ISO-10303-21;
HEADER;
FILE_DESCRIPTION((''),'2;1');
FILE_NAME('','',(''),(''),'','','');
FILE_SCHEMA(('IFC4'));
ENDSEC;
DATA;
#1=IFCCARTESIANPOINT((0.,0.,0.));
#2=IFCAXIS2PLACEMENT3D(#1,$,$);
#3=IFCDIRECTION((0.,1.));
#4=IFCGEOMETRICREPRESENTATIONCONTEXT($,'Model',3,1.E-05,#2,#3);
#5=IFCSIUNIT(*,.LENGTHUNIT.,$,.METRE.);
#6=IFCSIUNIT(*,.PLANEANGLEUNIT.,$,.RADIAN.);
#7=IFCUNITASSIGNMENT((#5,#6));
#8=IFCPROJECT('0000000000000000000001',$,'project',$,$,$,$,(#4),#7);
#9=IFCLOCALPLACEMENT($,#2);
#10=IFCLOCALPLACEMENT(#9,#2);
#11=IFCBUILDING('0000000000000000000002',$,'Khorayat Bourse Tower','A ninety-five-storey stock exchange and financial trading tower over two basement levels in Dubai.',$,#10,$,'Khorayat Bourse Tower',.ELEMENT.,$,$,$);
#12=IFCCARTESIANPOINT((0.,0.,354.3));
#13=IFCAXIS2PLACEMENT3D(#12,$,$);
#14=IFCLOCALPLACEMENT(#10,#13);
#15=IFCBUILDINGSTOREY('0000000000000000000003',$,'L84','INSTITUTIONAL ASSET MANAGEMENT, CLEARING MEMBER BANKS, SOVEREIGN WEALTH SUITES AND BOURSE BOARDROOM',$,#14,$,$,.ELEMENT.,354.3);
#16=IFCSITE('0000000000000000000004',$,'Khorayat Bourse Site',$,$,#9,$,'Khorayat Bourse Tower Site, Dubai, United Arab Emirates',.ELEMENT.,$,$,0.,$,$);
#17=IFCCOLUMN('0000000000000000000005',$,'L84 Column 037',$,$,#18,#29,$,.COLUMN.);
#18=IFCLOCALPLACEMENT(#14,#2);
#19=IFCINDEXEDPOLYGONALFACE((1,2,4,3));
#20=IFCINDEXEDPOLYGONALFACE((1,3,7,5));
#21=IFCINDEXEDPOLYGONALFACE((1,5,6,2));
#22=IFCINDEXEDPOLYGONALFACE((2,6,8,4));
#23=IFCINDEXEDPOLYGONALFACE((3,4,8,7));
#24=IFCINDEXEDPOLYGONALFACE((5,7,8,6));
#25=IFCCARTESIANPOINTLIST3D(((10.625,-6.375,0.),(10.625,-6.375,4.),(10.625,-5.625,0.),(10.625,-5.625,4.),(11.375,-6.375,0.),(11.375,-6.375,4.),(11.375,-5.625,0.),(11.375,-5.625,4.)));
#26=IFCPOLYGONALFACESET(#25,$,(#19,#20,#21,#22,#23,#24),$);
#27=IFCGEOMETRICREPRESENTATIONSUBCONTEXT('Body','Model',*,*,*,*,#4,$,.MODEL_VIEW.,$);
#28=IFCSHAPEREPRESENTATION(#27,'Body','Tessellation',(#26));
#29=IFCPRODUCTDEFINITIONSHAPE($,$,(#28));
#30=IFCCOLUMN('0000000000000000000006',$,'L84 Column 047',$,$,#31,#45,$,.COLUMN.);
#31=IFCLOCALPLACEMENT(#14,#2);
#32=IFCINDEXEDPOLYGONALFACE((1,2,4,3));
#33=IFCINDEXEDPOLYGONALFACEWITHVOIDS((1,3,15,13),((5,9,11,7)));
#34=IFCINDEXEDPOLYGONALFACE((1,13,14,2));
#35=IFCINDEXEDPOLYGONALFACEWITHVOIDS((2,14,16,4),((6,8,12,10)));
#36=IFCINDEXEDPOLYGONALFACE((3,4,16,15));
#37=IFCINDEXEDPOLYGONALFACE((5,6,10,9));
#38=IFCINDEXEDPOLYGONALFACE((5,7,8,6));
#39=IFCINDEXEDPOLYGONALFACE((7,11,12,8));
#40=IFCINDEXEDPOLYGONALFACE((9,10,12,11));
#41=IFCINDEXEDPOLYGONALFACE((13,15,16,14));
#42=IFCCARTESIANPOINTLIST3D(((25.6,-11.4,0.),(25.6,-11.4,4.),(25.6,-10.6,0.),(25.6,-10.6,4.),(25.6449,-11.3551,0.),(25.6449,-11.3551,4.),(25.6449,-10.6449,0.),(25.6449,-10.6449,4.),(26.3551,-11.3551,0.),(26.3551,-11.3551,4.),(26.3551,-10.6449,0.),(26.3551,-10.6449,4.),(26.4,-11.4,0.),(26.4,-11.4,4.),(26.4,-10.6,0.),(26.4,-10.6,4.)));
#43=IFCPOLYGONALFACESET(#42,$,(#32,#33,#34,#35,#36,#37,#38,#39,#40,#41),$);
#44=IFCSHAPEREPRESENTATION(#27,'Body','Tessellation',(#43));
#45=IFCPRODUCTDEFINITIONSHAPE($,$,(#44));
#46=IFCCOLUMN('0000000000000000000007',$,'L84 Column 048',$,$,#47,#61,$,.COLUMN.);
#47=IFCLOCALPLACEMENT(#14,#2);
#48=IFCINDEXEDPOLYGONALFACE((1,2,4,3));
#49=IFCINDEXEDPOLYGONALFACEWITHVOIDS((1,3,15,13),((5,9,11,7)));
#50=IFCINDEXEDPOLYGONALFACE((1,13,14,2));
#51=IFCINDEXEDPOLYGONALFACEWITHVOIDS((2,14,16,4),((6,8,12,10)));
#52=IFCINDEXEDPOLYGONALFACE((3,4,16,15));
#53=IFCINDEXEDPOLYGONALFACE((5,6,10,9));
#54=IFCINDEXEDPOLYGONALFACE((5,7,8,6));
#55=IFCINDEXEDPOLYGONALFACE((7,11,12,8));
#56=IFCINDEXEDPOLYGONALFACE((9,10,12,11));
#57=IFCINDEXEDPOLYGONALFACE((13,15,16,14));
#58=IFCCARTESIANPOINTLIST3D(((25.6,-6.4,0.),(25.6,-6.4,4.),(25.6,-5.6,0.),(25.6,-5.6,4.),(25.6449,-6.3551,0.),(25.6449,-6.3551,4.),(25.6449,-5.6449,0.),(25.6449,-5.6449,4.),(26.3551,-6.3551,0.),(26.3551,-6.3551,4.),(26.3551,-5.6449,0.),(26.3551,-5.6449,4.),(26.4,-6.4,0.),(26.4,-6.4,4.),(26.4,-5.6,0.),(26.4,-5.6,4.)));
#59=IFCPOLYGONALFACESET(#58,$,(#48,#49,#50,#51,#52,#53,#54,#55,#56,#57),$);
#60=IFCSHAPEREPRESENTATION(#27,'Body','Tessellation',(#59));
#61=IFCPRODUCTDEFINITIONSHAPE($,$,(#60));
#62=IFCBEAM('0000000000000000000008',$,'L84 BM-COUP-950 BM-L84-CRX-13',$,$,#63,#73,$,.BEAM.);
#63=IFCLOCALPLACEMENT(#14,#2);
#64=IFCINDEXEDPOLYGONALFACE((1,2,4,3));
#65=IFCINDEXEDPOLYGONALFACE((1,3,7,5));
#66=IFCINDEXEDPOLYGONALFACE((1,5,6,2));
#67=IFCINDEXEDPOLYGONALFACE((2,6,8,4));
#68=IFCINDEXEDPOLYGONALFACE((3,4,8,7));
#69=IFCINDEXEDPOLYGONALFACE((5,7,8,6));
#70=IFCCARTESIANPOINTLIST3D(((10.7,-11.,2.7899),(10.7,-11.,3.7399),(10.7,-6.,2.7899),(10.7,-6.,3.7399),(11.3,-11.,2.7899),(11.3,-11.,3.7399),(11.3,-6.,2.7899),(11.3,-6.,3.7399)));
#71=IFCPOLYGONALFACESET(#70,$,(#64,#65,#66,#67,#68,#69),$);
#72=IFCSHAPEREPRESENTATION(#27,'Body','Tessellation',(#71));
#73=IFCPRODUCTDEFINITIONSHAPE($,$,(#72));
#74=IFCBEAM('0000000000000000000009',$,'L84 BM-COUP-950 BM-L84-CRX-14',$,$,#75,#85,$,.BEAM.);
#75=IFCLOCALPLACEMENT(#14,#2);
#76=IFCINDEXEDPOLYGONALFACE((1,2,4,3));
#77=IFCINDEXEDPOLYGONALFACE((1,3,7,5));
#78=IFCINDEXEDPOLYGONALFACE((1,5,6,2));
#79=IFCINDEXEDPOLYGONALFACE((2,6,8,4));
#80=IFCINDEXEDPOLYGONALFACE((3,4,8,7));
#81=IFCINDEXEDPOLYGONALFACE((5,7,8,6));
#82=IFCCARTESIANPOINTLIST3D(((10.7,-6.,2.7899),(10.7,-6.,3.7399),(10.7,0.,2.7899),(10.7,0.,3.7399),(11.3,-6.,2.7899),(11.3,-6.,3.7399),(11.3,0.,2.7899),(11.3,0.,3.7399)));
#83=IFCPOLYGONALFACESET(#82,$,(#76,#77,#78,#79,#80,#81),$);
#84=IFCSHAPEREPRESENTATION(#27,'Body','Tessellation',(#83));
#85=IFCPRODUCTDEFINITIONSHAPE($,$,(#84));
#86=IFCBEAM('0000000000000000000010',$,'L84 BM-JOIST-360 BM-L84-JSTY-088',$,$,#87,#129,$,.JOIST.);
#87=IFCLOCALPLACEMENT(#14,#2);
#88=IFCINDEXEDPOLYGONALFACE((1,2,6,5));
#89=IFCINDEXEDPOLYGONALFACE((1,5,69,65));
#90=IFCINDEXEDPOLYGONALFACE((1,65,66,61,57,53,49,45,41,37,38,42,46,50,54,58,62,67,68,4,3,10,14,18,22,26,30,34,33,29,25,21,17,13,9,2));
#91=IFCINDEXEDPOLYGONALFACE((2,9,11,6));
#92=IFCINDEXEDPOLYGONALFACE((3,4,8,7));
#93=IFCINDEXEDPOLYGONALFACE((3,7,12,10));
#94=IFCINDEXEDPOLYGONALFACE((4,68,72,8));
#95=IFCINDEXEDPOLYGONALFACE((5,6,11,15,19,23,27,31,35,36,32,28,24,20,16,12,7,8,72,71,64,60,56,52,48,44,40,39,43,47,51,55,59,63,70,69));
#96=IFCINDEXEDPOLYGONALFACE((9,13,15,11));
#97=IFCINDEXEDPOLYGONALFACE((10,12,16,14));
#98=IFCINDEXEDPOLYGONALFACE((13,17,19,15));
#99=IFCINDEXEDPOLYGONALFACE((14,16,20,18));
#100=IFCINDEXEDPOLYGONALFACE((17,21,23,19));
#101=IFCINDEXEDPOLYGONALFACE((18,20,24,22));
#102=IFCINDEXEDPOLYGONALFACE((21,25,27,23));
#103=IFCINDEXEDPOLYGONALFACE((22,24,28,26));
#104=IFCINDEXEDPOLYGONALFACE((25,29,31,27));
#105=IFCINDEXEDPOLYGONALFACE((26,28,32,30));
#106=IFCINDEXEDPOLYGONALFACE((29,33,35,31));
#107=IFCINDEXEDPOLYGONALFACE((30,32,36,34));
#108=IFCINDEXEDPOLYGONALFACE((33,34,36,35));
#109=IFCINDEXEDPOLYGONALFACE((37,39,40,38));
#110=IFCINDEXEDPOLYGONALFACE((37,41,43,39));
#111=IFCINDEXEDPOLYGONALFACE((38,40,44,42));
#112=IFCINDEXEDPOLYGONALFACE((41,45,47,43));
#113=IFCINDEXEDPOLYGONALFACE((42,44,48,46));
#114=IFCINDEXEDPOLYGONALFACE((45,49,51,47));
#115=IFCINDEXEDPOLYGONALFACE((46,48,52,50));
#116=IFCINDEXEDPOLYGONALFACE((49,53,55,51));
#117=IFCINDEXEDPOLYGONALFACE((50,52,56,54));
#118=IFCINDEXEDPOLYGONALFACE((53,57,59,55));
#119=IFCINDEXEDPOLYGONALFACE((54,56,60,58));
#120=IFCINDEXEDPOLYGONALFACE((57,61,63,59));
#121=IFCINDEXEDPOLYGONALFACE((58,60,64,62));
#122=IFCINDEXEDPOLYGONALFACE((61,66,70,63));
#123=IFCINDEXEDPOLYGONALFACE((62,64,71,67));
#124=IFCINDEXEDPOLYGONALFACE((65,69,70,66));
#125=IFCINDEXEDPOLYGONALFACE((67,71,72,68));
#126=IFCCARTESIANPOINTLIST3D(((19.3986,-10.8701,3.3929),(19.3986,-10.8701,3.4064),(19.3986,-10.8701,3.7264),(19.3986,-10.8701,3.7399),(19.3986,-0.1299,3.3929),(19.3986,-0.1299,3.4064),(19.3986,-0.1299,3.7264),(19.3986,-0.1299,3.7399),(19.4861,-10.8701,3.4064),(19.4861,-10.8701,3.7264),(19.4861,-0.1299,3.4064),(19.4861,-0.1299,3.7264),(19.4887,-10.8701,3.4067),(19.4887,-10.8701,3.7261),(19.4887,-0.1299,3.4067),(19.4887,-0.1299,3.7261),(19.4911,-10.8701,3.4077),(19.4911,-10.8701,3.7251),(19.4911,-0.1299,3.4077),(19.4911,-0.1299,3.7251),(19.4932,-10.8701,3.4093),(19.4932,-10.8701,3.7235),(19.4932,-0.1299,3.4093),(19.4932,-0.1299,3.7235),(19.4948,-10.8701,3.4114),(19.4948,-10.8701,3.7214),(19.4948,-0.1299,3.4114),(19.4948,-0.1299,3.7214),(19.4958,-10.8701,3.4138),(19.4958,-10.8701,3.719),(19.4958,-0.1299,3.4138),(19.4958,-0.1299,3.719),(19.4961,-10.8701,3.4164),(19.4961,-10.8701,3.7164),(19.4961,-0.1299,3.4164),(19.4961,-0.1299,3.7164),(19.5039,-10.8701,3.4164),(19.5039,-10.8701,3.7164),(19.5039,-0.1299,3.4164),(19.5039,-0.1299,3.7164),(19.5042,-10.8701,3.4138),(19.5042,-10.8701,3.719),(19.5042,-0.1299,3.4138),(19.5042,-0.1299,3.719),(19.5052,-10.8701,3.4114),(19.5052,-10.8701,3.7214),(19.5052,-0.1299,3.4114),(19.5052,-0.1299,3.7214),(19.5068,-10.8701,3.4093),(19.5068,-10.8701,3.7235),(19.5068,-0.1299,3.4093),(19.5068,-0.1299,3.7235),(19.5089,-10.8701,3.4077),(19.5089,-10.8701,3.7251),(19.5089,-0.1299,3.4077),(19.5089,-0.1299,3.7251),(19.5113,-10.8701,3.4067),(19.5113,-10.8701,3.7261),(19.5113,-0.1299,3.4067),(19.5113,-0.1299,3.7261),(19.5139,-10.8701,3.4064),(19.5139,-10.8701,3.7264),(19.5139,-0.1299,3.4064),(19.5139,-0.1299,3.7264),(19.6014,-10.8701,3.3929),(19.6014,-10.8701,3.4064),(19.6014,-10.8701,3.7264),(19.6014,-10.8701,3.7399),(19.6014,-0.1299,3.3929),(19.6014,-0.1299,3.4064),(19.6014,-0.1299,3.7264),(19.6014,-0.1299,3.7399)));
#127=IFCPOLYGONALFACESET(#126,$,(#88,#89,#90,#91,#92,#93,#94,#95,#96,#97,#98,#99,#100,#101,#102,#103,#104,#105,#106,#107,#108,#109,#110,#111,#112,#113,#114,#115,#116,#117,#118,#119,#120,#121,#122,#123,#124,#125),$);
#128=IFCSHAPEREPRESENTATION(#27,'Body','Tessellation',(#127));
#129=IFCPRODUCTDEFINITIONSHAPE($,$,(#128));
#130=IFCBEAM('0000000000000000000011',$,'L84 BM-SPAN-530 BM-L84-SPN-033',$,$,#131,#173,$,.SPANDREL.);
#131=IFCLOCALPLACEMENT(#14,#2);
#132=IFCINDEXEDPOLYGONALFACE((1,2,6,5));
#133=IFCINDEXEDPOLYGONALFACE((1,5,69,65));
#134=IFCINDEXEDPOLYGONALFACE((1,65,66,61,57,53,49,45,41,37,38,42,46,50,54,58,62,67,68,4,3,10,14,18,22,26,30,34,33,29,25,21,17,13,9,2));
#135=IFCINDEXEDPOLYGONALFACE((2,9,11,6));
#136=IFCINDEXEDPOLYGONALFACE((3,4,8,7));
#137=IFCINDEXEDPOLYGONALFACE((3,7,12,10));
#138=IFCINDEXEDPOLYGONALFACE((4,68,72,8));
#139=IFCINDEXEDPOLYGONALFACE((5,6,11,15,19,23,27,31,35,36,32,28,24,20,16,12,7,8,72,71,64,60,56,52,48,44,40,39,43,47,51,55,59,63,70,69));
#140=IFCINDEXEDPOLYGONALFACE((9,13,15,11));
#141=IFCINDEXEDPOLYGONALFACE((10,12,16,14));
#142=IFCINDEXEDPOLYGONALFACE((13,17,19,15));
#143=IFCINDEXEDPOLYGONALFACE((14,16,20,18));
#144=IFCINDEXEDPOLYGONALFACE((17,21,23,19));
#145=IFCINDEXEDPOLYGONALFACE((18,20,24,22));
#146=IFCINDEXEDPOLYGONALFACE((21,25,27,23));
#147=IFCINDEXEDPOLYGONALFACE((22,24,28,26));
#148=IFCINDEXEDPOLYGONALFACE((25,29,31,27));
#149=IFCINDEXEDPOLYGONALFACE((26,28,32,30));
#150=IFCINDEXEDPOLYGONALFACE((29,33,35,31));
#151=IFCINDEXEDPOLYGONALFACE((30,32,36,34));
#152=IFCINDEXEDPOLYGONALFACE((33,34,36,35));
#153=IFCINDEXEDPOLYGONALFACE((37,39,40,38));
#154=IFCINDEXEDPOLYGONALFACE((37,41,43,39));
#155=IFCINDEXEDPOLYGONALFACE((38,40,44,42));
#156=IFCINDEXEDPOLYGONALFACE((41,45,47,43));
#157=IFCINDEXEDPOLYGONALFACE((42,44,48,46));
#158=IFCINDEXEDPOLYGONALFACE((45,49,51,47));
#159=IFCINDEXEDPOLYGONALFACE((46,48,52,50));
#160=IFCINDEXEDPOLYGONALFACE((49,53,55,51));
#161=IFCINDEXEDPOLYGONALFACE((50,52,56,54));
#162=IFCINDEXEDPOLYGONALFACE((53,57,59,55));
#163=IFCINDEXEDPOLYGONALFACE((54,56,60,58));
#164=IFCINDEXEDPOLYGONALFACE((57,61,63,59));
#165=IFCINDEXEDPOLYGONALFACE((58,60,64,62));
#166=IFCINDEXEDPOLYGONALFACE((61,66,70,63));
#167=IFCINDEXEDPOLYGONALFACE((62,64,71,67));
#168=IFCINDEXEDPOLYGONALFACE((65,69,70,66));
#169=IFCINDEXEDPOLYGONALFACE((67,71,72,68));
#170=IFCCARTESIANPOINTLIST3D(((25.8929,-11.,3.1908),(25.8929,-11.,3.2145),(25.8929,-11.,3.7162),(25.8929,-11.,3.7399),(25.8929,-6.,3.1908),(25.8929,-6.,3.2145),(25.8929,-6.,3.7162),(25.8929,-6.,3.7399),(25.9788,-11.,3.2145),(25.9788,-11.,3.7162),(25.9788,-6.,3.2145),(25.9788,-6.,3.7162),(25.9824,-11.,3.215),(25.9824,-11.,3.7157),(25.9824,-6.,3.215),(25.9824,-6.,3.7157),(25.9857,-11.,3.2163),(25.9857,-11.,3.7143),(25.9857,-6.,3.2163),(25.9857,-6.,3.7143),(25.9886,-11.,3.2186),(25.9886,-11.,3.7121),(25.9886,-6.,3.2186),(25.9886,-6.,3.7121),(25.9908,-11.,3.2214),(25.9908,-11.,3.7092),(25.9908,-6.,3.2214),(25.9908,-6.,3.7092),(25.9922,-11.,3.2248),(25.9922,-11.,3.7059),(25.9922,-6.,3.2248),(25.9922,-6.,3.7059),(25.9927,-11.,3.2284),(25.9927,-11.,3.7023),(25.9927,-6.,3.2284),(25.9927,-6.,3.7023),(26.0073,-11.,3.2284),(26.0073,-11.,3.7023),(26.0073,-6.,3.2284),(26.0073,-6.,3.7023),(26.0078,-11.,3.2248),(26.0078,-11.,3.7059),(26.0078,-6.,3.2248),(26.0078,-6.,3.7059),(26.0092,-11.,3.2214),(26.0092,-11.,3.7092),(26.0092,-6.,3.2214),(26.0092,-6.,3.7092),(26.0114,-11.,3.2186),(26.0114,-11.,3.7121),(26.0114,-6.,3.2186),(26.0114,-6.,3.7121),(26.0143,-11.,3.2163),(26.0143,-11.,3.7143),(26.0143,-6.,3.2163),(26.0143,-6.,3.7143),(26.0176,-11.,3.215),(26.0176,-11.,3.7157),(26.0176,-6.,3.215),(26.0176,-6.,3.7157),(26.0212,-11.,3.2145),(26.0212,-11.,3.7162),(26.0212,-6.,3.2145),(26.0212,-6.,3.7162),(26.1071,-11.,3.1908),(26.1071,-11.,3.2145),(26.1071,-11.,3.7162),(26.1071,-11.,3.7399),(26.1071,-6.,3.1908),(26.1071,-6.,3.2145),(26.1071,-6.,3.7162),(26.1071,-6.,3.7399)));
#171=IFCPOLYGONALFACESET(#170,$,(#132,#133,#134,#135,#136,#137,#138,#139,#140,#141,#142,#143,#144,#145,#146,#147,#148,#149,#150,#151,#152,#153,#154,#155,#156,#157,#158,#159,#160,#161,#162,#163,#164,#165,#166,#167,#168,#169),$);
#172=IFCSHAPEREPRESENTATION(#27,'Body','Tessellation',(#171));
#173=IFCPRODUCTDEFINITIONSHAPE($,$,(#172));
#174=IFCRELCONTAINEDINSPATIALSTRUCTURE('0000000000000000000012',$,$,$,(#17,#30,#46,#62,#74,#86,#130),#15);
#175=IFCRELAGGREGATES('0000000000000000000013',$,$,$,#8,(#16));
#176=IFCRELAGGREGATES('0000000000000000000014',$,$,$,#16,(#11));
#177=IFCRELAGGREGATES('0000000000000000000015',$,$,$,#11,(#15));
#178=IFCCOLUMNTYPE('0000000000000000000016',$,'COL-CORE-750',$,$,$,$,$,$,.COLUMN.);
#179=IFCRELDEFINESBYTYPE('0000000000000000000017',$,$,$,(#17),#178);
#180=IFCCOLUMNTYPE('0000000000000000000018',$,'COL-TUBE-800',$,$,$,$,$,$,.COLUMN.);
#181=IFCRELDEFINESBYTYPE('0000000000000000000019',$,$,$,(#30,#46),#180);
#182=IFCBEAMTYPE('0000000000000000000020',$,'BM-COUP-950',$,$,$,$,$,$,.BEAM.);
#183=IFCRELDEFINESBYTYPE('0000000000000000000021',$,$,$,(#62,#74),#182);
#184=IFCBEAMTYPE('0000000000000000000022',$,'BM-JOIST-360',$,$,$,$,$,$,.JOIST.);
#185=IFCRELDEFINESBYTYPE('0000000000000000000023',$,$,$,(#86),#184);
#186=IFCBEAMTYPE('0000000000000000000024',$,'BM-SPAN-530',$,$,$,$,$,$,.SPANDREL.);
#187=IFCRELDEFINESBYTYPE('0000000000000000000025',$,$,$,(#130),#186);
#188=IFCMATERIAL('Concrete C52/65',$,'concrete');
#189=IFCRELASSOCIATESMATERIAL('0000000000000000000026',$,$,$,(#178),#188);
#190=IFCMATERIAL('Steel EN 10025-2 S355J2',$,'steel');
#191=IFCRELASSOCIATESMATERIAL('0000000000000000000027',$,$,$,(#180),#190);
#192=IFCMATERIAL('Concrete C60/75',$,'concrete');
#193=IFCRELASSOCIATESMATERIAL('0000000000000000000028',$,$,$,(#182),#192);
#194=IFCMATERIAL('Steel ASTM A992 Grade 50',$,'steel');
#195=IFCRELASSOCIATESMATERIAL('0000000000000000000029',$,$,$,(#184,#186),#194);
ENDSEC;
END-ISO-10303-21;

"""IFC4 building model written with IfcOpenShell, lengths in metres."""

from ifc_helpers import new_model, si_unit, direction, frame, origin, origin_2d, place, context, subcontext, project, spatial, rectangle, hollow_rectangle, i_section, extrude, source, transform, mapped, material, material_profile, profile_set, type_object, element, save


model = new_model("IFC4")

# Units and contexts
model_context = context("Model", 3, precision=1e-05, world=origin(), true_north=direction((0.0, 1.0)))
body_context = subcontext(model_context, "Body", "Model", "MODEL_VIEW")
ifc_project = project(units=[si_unit("LENGTHUNIT", "METRE"), si_unit("PLANEANGLEUNIT", "RADIAN")], contexts=[model_context])

# Site, building, storey
site_placement = place(None, origin())
site = spatial("IfcSite", under=ifc_project, at=site_placement, Name="Khorayat Bourse Site", LongName="Khorayat Bourse Tower Site, Dubai, United Arab Emirates", CompositionType="ELEMENT", RefElevation=0.0)
building_placement = place(site_placement, origin())
building = spatial("IfcBuilding", under=site, at=building_placement, Name="Khorayat Bourse Tower", Description="A ninety-five-storey stock exchange and financial trading tower over two basement levels in Dubai.", LongName="Khorayat Bourse Tower", CompositionType="ELEMENT")
storey_placement = place(building_placement, frame((0.0, 0.0, 354.3)))
storey = spatial("IfcBuildingStorey", under=building, at=storey_placement, Name="L84", Description="INSTITUTIONAL ASSET MANAGEMENT, CLEARING MEMBER BANKS, SOVEREIGN WEALTH SUITES AND BOURSE BOARDROOM", CompositionType="ELEMENT", Elevation=354.3)

# Columns
ifc_material_1 = material(Name="Concrete C52/65", Category="concrete")
ifc_material_profile_1 = material_profile(ifc_material_1, rectangle(XDim=0.75, YDim=0.75, at=origin_2d()), Name="RC 750x750")
ifc_profile_set_1 = profile_set([ifc_material_profile_1], Name="Concrete C52/65")
column_type_1 = type_object("IfcColumnType", Name="COL-CORE-750", PredefinedType="COLUMN", material=ifc_profile_set_1)
shared_shape_1 = source(origin(), body_context, "Body", "SweptSolid", [
    extrude(rectangle(XDim=0.75, YDim=0.75, at=origin_2d()), origin(), (0.0, 0.0, 1.0), 4.0),
])
column_placement = place(storey_placement, frame((11.0, -6.0, 0.0), z_axis=(0.0, 0.0, 1.0), x_axis=(1.0, 0.0, 0.0)))
element("IfcColumn", 1, at=column_placement, inside=storey, type_object=column_type_1, Name="L84 Column 037", PredefinedType="COLUMN", context=body_context, shape_type="MappedRepresentation", body=[
    mapped(shared_shape_1, transform((0.0, 0.0, 0.0), scale=1.0)),
])
ifc_material_2 = material(Name="Steel EN 10025-2 S355J2", Category="steel")
ifc_material_profile_2 = material_profile(ifc_material_2, hollow_rectangle(XDim=0.8, YDim=0.8, WallThickness=0.0449, at=origin_2d()), Name="BOX 800x800x45")
ifc_profile_set_2 = profile_set([ifc_material_profile_2], Name="Steel EN 10025-2 S355J2")
column_type_2 = type_object("IfcColumnType", Name="COL-TUBE-800", PredefinedType="COLUMN", material=ifc_profile_set_2)
shared_shape_2 = source(origin(), body_context, "Body", "SweptSolid", [
    extrude(hollow_rectangle(XDim=0.8, YDim=0.8, WallThickness=0.0449, at=origin_2d()), origin(), (0.0, 0.0, 1.0), 4.0),
])
for number, where, z_axis, x_axis, name in (
    (2, (26.0, -11.0, 0.0), (0.0, 0.0, 1.0), (1.0, 0.0, 0.0), "L84 Column 047"),
    (3, (26.0, -6.0, 0.0), (0.0, 0.0, 1.0), (1.0, 0.0, 0.0), "L84 Column 048"),
):
    element("IfcColumn", number, at=place(storey_placement, frame(where, z_axis=z_axis, x_axis=x_axis)), inside=storey, type_object=column_type_2, Name=name, PredefinedType="COLUMN", context=body_context, shape_type="MappedRepresentation", body=[
        mapped(shared_shape_2, transform((0.0, 0.0, 0.0), scale=1.0)),
    ])

# Beams
ifc_material_3 = material(Name="Concrete C60/75", Category="concrete")
ifc_material_profile_3 = material_profile(ifc_material_3, rectangle(XDim=0.6001, YDim=0.95, at=origin_2d()), Name="RC 600x950")
ifc_profile_set_3 = profile_set([ifc_material_profile_3], Name="Concrete C60/75")
beam_type_1 = type_object("IfcBeamType", Name="BM-COUP-950", PredefinedType="BEAM", material=ifc_profile_set_3)
shared_shape_3 = source(origin(), body_context, "Body", "SweptSolid", [
    extrude(rectangle(XDim=0.6001, YDim=0.95, at=origin_2d()), origin(), (0.0, 0.0, 1.0), 5.0),
])
beam_1_placement = place(storey_placement, frame((11.0, -11.0, 3.2649), z_axis=(0.0, 1.0, 0.0), x_axis=(-1.0, 0.0, 0.0)))
element("IfcBeam", 4, at=beam_1_placement, inside=storey, type_object=beam_type_1, Name="L84 BM-COUP-950 BM-L84-CRX-13", PredefinedType="BEAM", context=body_context, shape_type="MappedRepresentation", body=[
    mapped(shared_shape_3, transform((0.0, 0.0, 0.0), scale=1.0)),
])
shared_shape_4 = source(origin(), body_context, "Body", "SweptSolid", [
    extrude(rectangle(XDim=0.6001, YDim=0.95, at=origin_2d()), origin(), (0.0, 0.0, 1.0), 6.0),
])
beam_2_placement = place(storey_placement, frame((11.0, -6.0, 3.2649), z_axis=(0.0, 1.0, 0.0), x_axis=(-1.0, 0.0, 0.0)))
element("IfcBeam", 5, at=beam_2_placement, inside=storey, type_object=beam_type_1, Name="L84 BM-COUP-950 BM-L84-CRX-14", PredefinedType="BEAM", context=body_context, shape_type="MappedRepresentation", body=[
    mapped(shared_shape_4, transform((0.0, 0.0, 0.0), scale=1.0)),
])
ifc_material_4 = material(Name="Steel ASTM A992 Grade 50", Category="steel")
ifc_material_profile_4 = material_profile(ifc_material_4, i_section(OverallWidth=0.2029, OverallDepth=0.3469, WebThickness=0.0078, FlangeThickness=0.0134, FilletRadius=0.01, at=origin_2d()), Name="W360X64")
ifc_profile_set_4 = profile_set([ifc_material_profile_4], Name="Steel ASTM A992 Grade 50")
beam_type_2 = type_object("IfcBeamType", Name="BM-JOIST-360", PredefinedType="JOIST", material=ifc_profile_set_4)
shared_shape_5 = source(origin(), body_context, "Body", "SweptSolid", [
    extrude(i_section(OverallWidth=0.2029, OverallDepth=0.3469, WebThickness=0.0078, FlangeThickness=0.0134, FilletRadius=0.01, at=origin_2d()), origin(), (0.0, 0.0, 1.0), 10.7402),
])
beam_3_placement = place(storey_placement, frame((19.5, -10.8701, 3.5664), z_axis=(0.0, 1.0, 0.0), x_axis=(-1.0, 0.0, 0.0)))
element("IfcBeam", 6, at=beam_3_placement, inside=storey, type_object=beam_type_2, Name="L84 BM-JOIST-360 BM-L84-JSTY-088", PredefinedType="JOIST", context=body_context, shape_type="MappedRepresentation", body=[
    mapped(shared_shape_5, transform((0.0, 0.0, 0.0), scale=1.0)),
])
ifc_material_profile_5 = material_profile(ifc_material_4, i_section(OverallWidth=0.2141, OverallDepth=0.5491, WebThickness=0.0146, FlangeThickness=0.0237, FilletRadius=0.0139, at=origin_2d()), Name="W530X138")
ifc_profile_set_5 = profile_set([ifc_material_profile_5], Name="Steel ASTM A992 Grade 50")
beam_type_3 = type_object("IfcBeamType", Name="BM-SPAN-530", PredefinedType="SPANDREL", material=ifc_profile_set_5)
shared_shape_6 = source(origin(), body_context, "Body", "SweptSolid", [
    extrude(i_section(OverallWidth=0.2141, OverallDepth=0.5491, WebThickness=0.0146, FlangeThickness=0.0237, FilletRadius=0.0139, at=origin_2d()), origin(), (0.0, 0.0, 1.0), 5.0),
])
beam_4_placement = place(storey_placement, frame((26.0, -11.0, 3.4653), z_axis=(0.0, 1.0, 0.0), x_axis=(-1.0, 0.0, 0.0)))
element("IfcBeam", 7, at=beam_4_placement, inside=storey, type_object=beam_type_3, Name="L84 BM-SPAN-530 BM-L84-SPN-033", PredefinedType="SPANDREL", context=body_context, shape_type="MappedRepresentation", body=[
    mapped(shared_shape_6, transform((0.0, 0.0, 0.0), scale=1.0)),
])

save(model, "model.ifc")
